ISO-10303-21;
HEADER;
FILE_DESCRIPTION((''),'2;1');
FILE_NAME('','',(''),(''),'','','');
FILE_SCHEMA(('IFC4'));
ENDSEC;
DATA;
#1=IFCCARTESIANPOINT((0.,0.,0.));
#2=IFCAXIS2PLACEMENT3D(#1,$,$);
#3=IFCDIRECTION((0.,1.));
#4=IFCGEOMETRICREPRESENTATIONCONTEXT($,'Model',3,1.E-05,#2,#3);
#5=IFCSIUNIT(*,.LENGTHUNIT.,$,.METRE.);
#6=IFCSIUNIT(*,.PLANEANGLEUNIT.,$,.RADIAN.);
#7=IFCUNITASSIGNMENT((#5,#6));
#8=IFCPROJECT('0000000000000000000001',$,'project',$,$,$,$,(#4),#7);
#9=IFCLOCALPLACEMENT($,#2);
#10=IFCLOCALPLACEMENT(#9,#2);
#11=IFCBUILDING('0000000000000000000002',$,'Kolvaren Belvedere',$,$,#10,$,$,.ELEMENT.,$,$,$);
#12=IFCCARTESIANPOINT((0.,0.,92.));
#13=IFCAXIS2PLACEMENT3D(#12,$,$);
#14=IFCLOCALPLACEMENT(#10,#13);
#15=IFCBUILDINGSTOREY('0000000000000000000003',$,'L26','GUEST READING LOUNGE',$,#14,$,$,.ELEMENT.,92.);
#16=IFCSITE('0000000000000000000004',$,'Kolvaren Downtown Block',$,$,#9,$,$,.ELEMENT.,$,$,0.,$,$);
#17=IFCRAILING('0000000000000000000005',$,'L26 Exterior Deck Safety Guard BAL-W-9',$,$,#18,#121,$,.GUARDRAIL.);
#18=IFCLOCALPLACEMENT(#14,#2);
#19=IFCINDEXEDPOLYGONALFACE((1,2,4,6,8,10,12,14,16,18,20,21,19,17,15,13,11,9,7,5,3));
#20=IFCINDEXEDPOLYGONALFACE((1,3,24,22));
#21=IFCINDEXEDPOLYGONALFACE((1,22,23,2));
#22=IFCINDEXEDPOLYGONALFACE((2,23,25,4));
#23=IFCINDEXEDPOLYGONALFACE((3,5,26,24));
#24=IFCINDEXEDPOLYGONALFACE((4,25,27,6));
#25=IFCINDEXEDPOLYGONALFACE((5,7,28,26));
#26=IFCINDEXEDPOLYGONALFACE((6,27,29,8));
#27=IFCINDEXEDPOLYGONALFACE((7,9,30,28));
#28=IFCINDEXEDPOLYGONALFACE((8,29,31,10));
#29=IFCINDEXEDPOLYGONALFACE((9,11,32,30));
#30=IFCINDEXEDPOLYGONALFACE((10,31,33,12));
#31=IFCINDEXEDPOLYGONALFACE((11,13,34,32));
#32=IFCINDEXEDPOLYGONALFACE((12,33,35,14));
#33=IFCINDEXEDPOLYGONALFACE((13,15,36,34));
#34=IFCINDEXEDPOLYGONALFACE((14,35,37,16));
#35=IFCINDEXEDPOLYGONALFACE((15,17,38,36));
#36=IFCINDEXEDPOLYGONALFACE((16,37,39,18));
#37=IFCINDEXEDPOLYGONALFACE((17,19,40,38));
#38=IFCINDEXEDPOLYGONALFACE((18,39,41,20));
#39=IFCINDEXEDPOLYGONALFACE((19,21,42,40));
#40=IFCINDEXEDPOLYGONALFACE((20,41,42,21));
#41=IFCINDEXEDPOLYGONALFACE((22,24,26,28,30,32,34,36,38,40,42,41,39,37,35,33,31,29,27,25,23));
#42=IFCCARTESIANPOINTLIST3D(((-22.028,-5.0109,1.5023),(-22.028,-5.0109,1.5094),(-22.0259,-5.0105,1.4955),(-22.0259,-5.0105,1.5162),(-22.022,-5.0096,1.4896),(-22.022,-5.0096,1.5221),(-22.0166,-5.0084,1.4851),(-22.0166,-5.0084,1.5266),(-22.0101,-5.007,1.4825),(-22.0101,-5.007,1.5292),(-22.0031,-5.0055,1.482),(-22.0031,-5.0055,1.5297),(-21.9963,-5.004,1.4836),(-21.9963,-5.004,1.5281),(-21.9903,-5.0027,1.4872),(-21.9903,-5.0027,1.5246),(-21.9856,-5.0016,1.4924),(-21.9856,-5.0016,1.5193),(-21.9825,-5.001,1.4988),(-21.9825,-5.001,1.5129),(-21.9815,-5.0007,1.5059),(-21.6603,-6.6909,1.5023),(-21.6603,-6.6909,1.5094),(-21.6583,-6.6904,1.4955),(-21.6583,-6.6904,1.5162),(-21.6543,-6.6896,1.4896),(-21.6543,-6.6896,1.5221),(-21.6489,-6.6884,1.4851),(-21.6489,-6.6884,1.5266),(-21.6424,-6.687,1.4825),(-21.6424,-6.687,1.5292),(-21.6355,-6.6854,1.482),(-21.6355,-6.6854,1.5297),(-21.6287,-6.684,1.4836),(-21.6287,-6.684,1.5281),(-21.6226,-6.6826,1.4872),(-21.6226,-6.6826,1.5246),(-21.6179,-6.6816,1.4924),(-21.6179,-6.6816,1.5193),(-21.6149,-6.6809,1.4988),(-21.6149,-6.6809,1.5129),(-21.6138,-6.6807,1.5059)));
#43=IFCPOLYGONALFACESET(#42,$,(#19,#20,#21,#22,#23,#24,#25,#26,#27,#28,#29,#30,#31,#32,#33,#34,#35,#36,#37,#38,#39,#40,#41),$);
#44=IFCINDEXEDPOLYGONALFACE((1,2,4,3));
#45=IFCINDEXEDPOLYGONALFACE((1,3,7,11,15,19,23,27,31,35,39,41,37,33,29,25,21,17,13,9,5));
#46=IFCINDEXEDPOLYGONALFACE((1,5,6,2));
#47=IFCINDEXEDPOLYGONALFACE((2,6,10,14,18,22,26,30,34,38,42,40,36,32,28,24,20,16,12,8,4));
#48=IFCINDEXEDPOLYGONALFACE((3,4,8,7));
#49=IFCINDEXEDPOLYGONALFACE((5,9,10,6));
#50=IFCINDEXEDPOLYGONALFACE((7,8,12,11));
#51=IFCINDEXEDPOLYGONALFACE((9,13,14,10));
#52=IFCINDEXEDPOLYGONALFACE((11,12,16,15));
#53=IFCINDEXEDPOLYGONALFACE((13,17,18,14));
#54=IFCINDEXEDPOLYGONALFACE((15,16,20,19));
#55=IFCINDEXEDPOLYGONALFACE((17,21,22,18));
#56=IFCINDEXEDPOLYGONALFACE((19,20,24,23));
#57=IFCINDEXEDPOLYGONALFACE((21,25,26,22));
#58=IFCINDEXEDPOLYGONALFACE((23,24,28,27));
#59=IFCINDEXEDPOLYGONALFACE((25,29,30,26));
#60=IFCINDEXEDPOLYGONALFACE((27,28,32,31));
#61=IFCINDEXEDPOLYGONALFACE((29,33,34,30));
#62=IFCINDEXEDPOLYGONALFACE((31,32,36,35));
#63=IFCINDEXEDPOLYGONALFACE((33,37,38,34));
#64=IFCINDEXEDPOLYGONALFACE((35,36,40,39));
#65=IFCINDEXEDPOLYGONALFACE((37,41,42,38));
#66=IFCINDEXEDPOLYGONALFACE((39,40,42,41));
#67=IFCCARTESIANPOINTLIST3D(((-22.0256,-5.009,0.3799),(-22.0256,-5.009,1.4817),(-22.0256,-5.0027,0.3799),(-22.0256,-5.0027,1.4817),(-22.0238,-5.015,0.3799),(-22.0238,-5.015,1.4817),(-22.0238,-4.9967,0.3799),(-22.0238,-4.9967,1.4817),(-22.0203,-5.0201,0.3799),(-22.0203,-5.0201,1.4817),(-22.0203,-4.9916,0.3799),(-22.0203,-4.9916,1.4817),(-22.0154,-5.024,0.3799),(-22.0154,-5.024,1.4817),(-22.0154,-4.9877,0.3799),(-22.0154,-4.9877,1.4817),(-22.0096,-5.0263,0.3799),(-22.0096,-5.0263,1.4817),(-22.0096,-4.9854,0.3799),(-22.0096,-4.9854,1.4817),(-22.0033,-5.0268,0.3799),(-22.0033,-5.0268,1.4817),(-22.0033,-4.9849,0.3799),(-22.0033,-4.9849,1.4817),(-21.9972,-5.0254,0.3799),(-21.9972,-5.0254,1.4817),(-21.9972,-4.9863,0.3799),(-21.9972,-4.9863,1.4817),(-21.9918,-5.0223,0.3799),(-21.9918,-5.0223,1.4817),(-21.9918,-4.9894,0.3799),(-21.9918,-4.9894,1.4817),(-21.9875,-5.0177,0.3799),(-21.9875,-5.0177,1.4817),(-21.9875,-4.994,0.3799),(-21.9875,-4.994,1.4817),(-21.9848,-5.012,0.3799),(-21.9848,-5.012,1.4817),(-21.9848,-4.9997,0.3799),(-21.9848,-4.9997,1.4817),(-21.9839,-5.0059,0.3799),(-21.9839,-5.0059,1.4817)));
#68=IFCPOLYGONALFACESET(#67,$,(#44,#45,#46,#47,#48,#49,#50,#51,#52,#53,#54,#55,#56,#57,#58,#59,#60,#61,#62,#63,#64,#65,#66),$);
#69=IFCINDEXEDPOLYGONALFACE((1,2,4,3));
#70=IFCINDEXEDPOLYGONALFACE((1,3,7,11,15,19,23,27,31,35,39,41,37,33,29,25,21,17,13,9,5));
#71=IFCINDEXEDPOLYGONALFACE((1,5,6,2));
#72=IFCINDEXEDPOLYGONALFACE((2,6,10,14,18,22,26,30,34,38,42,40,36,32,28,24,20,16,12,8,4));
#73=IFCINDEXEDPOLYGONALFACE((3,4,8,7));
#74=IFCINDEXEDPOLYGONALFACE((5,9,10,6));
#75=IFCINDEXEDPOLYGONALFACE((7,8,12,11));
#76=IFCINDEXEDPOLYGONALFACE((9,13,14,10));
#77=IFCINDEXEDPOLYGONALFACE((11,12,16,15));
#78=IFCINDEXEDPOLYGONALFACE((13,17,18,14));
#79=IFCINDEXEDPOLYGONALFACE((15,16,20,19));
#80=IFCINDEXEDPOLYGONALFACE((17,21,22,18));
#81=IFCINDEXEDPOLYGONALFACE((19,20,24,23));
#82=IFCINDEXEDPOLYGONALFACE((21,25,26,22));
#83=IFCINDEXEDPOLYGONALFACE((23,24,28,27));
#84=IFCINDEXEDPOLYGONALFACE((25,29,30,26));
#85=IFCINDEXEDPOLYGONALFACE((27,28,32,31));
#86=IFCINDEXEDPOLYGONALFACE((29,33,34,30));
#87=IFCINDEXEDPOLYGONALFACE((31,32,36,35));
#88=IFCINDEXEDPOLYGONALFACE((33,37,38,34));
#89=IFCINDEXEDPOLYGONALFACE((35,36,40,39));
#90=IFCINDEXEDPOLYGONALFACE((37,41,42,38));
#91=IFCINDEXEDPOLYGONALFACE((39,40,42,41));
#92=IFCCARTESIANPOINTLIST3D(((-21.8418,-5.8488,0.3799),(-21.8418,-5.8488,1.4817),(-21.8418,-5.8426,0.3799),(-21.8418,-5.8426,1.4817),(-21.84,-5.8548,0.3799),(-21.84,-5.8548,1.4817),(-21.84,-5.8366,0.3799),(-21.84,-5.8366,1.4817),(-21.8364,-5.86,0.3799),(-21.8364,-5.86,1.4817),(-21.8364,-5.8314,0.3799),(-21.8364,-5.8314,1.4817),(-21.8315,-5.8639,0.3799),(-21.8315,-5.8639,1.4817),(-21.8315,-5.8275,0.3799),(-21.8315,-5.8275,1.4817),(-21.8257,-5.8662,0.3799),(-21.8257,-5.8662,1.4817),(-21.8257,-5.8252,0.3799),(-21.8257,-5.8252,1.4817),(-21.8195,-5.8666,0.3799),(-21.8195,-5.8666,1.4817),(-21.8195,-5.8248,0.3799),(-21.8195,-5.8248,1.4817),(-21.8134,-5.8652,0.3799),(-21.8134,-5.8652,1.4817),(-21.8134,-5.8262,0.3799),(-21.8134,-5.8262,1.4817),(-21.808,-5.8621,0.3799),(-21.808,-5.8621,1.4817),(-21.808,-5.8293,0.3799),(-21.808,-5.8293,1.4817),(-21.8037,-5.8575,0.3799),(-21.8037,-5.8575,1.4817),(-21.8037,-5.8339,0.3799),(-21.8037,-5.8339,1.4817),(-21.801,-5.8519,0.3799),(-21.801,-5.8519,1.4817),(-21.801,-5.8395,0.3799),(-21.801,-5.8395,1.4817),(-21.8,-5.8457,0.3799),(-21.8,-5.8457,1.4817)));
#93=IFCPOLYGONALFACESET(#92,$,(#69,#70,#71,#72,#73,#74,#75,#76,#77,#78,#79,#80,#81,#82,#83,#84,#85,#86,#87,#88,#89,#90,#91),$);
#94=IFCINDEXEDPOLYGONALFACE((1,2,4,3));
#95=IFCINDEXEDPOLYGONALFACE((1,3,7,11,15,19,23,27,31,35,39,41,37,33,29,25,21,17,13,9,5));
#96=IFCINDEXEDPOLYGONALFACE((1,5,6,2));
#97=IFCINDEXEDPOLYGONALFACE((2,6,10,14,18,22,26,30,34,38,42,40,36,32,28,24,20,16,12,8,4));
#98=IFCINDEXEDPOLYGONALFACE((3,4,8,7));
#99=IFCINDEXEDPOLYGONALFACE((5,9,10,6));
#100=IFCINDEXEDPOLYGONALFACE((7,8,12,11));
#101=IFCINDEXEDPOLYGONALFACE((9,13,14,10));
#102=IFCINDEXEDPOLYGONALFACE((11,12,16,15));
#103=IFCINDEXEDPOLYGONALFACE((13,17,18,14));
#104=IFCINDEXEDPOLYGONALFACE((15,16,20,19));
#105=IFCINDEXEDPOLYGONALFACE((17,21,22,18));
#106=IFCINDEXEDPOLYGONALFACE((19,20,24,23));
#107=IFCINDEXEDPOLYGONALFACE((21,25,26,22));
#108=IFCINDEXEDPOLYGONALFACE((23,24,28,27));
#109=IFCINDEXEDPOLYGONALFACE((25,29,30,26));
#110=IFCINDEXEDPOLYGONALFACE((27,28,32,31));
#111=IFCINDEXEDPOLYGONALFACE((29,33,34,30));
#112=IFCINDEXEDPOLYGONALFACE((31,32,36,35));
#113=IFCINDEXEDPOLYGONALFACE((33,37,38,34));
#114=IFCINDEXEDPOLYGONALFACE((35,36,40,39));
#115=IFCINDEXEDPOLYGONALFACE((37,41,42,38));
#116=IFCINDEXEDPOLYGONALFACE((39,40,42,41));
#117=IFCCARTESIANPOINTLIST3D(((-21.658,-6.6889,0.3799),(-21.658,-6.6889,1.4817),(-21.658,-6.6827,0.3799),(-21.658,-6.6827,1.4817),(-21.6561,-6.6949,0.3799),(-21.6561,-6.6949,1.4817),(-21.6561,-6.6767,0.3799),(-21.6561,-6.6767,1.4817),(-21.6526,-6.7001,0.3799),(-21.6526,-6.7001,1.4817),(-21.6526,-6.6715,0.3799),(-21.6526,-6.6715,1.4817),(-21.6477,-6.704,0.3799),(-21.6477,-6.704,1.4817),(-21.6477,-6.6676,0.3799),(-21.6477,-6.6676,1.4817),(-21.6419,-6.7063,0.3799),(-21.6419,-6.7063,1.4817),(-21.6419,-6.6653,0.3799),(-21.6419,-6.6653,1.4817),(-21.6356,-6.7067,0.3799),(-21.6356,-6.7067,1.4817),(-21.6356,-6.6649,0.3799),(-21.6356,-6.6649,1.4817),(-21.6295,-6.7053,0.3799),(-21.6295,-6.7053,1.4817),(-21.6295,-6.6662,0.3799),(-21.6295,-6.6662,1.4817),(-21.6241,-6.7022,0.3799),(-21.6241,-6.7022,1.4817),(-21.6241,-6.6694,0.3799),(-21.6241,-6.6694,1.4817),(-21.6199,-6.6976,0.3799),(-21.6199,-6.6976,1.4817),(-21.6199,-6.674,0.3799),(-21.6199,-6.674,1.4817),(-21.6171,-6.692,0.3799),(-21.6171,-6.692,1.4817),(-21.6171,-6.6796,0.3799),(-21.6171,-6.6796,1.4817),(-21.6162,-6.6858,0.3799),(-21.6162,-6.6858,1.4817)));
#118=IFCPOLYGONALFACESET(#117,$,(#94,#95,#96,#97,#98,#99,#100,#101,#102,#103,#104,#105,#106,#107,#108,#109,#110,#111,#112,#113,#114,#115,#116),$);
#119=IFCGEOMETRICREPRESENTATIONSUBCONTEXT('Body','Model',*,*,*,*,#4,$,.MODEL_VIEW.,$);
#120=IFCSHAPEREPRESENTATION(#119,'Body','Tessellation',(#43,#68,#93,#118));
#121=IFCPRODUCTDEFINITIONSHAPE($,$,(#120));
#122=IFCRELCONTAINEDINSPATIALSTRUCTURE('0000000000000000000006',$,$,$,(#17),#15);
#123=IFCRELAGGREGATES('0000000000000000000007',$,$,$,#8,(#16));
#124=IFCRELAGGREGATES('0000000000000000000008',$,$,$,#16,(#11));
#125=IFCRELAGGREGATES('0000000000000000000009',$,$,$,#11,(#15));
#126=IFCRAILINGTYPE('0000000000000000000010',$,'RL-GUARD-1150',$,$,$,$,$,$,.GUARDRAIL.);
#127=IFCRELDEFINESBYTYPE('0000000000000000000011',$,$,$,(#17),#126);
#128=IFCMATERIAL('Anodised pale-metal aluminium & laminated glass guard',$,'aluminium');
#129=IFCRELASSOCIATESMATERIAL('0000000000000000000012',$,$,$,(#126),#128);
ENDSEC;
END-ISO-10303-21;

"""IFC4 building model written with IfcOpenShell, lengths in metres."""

from ifc_helpers import new_model, si_unit, direction, frame, origin, origin_2d, place, context, subcontext, project, spatial, circle, extrude, material, type_object, element, save


model = new_model("IFC4")

# Units and contexts
model_context = context("Model", 3, precision=1e-05, world=origin(), true_north=direction((0.0, 1.0)))
body_context = subcontext(model_context, "Body", "Model", "MODEL_VIEW")
ifc_project = project(units=[si_unit("LENGTHUNIT", "METRE"), si_unit("PLANEANGLEUNIT", "RADIAN")], contexts=[model_context])

# Site, building, storey
site_placement = place(None, origin())
site = spatial("IfcSite", under=ifc_project, at=site_placement, Name="Kolvaren Downtown Block", CompositionType="ELEMENT", RefElevation=0.0)
building_placement = place(site_placement, origin())
building = spatial("IfcBuilding", under=site, at=building_placement, Name="Kolvaren Belvedere", CompositionType="ELEMENT")
storey_placement = place(building_placement, frame((0.0, 0.0, 92.0)))
storey = spatial("IfcBuildingStorey", under=building, at=storey_placement, Name="L26", Description="GUEST READING LOUNGE", CompositionType="ELEMENT", Elevation=92.0)

# Railing
ifc_material_1 = material(Name="Anodised pale-metal aluminium & laminated glass guard", Category="aluminium")
railing_type = type_object("IfcRailingType", Name="RL-GUARD-1150", PredefinedType="GUARDRAIL", material=ifc_material_1)
railing_1_placement = place(storey_placement, frame((-22.0049, -5.0059, 0.3799)))
element("IfcRailing", 1, at=railing_1_placement, inside=storey, type_object=railing_type, Name="L26 Exterior Deck Safety Guard BAL-W-9", PredefinedType="GUARDRAIL", context=body_context, shape_type="SweptSolid", body=[
    extrude(circle(Radius=0.0239, at=origin_2d()), frame((0.0, 0.0, 1.126), z_axis=(0.213803, -0.976877, 0.0), x_axis=(0.976877, 0.213803, 0.0)), (0.0, 0.0, 1.0), 1.7197),
    extrude(circle(Radius=0.021, at=origin_2d()), origin(), (0.0, 0.0, 1.0), 1.1018),
    extrude(circle(Radius=0.021, at=origin_2d()), frame((0.1838, -0.8398, 0.0)), (0.0, 0.0, 1.0), 1.1018),
    extrude(circle(Radius=0.021, at=origin_2d()), frame((0.3677, -1.6799, 0.0)), (0.0, 0.0, 1.0), 1.1018),
])

save(model, "model.ifc")
